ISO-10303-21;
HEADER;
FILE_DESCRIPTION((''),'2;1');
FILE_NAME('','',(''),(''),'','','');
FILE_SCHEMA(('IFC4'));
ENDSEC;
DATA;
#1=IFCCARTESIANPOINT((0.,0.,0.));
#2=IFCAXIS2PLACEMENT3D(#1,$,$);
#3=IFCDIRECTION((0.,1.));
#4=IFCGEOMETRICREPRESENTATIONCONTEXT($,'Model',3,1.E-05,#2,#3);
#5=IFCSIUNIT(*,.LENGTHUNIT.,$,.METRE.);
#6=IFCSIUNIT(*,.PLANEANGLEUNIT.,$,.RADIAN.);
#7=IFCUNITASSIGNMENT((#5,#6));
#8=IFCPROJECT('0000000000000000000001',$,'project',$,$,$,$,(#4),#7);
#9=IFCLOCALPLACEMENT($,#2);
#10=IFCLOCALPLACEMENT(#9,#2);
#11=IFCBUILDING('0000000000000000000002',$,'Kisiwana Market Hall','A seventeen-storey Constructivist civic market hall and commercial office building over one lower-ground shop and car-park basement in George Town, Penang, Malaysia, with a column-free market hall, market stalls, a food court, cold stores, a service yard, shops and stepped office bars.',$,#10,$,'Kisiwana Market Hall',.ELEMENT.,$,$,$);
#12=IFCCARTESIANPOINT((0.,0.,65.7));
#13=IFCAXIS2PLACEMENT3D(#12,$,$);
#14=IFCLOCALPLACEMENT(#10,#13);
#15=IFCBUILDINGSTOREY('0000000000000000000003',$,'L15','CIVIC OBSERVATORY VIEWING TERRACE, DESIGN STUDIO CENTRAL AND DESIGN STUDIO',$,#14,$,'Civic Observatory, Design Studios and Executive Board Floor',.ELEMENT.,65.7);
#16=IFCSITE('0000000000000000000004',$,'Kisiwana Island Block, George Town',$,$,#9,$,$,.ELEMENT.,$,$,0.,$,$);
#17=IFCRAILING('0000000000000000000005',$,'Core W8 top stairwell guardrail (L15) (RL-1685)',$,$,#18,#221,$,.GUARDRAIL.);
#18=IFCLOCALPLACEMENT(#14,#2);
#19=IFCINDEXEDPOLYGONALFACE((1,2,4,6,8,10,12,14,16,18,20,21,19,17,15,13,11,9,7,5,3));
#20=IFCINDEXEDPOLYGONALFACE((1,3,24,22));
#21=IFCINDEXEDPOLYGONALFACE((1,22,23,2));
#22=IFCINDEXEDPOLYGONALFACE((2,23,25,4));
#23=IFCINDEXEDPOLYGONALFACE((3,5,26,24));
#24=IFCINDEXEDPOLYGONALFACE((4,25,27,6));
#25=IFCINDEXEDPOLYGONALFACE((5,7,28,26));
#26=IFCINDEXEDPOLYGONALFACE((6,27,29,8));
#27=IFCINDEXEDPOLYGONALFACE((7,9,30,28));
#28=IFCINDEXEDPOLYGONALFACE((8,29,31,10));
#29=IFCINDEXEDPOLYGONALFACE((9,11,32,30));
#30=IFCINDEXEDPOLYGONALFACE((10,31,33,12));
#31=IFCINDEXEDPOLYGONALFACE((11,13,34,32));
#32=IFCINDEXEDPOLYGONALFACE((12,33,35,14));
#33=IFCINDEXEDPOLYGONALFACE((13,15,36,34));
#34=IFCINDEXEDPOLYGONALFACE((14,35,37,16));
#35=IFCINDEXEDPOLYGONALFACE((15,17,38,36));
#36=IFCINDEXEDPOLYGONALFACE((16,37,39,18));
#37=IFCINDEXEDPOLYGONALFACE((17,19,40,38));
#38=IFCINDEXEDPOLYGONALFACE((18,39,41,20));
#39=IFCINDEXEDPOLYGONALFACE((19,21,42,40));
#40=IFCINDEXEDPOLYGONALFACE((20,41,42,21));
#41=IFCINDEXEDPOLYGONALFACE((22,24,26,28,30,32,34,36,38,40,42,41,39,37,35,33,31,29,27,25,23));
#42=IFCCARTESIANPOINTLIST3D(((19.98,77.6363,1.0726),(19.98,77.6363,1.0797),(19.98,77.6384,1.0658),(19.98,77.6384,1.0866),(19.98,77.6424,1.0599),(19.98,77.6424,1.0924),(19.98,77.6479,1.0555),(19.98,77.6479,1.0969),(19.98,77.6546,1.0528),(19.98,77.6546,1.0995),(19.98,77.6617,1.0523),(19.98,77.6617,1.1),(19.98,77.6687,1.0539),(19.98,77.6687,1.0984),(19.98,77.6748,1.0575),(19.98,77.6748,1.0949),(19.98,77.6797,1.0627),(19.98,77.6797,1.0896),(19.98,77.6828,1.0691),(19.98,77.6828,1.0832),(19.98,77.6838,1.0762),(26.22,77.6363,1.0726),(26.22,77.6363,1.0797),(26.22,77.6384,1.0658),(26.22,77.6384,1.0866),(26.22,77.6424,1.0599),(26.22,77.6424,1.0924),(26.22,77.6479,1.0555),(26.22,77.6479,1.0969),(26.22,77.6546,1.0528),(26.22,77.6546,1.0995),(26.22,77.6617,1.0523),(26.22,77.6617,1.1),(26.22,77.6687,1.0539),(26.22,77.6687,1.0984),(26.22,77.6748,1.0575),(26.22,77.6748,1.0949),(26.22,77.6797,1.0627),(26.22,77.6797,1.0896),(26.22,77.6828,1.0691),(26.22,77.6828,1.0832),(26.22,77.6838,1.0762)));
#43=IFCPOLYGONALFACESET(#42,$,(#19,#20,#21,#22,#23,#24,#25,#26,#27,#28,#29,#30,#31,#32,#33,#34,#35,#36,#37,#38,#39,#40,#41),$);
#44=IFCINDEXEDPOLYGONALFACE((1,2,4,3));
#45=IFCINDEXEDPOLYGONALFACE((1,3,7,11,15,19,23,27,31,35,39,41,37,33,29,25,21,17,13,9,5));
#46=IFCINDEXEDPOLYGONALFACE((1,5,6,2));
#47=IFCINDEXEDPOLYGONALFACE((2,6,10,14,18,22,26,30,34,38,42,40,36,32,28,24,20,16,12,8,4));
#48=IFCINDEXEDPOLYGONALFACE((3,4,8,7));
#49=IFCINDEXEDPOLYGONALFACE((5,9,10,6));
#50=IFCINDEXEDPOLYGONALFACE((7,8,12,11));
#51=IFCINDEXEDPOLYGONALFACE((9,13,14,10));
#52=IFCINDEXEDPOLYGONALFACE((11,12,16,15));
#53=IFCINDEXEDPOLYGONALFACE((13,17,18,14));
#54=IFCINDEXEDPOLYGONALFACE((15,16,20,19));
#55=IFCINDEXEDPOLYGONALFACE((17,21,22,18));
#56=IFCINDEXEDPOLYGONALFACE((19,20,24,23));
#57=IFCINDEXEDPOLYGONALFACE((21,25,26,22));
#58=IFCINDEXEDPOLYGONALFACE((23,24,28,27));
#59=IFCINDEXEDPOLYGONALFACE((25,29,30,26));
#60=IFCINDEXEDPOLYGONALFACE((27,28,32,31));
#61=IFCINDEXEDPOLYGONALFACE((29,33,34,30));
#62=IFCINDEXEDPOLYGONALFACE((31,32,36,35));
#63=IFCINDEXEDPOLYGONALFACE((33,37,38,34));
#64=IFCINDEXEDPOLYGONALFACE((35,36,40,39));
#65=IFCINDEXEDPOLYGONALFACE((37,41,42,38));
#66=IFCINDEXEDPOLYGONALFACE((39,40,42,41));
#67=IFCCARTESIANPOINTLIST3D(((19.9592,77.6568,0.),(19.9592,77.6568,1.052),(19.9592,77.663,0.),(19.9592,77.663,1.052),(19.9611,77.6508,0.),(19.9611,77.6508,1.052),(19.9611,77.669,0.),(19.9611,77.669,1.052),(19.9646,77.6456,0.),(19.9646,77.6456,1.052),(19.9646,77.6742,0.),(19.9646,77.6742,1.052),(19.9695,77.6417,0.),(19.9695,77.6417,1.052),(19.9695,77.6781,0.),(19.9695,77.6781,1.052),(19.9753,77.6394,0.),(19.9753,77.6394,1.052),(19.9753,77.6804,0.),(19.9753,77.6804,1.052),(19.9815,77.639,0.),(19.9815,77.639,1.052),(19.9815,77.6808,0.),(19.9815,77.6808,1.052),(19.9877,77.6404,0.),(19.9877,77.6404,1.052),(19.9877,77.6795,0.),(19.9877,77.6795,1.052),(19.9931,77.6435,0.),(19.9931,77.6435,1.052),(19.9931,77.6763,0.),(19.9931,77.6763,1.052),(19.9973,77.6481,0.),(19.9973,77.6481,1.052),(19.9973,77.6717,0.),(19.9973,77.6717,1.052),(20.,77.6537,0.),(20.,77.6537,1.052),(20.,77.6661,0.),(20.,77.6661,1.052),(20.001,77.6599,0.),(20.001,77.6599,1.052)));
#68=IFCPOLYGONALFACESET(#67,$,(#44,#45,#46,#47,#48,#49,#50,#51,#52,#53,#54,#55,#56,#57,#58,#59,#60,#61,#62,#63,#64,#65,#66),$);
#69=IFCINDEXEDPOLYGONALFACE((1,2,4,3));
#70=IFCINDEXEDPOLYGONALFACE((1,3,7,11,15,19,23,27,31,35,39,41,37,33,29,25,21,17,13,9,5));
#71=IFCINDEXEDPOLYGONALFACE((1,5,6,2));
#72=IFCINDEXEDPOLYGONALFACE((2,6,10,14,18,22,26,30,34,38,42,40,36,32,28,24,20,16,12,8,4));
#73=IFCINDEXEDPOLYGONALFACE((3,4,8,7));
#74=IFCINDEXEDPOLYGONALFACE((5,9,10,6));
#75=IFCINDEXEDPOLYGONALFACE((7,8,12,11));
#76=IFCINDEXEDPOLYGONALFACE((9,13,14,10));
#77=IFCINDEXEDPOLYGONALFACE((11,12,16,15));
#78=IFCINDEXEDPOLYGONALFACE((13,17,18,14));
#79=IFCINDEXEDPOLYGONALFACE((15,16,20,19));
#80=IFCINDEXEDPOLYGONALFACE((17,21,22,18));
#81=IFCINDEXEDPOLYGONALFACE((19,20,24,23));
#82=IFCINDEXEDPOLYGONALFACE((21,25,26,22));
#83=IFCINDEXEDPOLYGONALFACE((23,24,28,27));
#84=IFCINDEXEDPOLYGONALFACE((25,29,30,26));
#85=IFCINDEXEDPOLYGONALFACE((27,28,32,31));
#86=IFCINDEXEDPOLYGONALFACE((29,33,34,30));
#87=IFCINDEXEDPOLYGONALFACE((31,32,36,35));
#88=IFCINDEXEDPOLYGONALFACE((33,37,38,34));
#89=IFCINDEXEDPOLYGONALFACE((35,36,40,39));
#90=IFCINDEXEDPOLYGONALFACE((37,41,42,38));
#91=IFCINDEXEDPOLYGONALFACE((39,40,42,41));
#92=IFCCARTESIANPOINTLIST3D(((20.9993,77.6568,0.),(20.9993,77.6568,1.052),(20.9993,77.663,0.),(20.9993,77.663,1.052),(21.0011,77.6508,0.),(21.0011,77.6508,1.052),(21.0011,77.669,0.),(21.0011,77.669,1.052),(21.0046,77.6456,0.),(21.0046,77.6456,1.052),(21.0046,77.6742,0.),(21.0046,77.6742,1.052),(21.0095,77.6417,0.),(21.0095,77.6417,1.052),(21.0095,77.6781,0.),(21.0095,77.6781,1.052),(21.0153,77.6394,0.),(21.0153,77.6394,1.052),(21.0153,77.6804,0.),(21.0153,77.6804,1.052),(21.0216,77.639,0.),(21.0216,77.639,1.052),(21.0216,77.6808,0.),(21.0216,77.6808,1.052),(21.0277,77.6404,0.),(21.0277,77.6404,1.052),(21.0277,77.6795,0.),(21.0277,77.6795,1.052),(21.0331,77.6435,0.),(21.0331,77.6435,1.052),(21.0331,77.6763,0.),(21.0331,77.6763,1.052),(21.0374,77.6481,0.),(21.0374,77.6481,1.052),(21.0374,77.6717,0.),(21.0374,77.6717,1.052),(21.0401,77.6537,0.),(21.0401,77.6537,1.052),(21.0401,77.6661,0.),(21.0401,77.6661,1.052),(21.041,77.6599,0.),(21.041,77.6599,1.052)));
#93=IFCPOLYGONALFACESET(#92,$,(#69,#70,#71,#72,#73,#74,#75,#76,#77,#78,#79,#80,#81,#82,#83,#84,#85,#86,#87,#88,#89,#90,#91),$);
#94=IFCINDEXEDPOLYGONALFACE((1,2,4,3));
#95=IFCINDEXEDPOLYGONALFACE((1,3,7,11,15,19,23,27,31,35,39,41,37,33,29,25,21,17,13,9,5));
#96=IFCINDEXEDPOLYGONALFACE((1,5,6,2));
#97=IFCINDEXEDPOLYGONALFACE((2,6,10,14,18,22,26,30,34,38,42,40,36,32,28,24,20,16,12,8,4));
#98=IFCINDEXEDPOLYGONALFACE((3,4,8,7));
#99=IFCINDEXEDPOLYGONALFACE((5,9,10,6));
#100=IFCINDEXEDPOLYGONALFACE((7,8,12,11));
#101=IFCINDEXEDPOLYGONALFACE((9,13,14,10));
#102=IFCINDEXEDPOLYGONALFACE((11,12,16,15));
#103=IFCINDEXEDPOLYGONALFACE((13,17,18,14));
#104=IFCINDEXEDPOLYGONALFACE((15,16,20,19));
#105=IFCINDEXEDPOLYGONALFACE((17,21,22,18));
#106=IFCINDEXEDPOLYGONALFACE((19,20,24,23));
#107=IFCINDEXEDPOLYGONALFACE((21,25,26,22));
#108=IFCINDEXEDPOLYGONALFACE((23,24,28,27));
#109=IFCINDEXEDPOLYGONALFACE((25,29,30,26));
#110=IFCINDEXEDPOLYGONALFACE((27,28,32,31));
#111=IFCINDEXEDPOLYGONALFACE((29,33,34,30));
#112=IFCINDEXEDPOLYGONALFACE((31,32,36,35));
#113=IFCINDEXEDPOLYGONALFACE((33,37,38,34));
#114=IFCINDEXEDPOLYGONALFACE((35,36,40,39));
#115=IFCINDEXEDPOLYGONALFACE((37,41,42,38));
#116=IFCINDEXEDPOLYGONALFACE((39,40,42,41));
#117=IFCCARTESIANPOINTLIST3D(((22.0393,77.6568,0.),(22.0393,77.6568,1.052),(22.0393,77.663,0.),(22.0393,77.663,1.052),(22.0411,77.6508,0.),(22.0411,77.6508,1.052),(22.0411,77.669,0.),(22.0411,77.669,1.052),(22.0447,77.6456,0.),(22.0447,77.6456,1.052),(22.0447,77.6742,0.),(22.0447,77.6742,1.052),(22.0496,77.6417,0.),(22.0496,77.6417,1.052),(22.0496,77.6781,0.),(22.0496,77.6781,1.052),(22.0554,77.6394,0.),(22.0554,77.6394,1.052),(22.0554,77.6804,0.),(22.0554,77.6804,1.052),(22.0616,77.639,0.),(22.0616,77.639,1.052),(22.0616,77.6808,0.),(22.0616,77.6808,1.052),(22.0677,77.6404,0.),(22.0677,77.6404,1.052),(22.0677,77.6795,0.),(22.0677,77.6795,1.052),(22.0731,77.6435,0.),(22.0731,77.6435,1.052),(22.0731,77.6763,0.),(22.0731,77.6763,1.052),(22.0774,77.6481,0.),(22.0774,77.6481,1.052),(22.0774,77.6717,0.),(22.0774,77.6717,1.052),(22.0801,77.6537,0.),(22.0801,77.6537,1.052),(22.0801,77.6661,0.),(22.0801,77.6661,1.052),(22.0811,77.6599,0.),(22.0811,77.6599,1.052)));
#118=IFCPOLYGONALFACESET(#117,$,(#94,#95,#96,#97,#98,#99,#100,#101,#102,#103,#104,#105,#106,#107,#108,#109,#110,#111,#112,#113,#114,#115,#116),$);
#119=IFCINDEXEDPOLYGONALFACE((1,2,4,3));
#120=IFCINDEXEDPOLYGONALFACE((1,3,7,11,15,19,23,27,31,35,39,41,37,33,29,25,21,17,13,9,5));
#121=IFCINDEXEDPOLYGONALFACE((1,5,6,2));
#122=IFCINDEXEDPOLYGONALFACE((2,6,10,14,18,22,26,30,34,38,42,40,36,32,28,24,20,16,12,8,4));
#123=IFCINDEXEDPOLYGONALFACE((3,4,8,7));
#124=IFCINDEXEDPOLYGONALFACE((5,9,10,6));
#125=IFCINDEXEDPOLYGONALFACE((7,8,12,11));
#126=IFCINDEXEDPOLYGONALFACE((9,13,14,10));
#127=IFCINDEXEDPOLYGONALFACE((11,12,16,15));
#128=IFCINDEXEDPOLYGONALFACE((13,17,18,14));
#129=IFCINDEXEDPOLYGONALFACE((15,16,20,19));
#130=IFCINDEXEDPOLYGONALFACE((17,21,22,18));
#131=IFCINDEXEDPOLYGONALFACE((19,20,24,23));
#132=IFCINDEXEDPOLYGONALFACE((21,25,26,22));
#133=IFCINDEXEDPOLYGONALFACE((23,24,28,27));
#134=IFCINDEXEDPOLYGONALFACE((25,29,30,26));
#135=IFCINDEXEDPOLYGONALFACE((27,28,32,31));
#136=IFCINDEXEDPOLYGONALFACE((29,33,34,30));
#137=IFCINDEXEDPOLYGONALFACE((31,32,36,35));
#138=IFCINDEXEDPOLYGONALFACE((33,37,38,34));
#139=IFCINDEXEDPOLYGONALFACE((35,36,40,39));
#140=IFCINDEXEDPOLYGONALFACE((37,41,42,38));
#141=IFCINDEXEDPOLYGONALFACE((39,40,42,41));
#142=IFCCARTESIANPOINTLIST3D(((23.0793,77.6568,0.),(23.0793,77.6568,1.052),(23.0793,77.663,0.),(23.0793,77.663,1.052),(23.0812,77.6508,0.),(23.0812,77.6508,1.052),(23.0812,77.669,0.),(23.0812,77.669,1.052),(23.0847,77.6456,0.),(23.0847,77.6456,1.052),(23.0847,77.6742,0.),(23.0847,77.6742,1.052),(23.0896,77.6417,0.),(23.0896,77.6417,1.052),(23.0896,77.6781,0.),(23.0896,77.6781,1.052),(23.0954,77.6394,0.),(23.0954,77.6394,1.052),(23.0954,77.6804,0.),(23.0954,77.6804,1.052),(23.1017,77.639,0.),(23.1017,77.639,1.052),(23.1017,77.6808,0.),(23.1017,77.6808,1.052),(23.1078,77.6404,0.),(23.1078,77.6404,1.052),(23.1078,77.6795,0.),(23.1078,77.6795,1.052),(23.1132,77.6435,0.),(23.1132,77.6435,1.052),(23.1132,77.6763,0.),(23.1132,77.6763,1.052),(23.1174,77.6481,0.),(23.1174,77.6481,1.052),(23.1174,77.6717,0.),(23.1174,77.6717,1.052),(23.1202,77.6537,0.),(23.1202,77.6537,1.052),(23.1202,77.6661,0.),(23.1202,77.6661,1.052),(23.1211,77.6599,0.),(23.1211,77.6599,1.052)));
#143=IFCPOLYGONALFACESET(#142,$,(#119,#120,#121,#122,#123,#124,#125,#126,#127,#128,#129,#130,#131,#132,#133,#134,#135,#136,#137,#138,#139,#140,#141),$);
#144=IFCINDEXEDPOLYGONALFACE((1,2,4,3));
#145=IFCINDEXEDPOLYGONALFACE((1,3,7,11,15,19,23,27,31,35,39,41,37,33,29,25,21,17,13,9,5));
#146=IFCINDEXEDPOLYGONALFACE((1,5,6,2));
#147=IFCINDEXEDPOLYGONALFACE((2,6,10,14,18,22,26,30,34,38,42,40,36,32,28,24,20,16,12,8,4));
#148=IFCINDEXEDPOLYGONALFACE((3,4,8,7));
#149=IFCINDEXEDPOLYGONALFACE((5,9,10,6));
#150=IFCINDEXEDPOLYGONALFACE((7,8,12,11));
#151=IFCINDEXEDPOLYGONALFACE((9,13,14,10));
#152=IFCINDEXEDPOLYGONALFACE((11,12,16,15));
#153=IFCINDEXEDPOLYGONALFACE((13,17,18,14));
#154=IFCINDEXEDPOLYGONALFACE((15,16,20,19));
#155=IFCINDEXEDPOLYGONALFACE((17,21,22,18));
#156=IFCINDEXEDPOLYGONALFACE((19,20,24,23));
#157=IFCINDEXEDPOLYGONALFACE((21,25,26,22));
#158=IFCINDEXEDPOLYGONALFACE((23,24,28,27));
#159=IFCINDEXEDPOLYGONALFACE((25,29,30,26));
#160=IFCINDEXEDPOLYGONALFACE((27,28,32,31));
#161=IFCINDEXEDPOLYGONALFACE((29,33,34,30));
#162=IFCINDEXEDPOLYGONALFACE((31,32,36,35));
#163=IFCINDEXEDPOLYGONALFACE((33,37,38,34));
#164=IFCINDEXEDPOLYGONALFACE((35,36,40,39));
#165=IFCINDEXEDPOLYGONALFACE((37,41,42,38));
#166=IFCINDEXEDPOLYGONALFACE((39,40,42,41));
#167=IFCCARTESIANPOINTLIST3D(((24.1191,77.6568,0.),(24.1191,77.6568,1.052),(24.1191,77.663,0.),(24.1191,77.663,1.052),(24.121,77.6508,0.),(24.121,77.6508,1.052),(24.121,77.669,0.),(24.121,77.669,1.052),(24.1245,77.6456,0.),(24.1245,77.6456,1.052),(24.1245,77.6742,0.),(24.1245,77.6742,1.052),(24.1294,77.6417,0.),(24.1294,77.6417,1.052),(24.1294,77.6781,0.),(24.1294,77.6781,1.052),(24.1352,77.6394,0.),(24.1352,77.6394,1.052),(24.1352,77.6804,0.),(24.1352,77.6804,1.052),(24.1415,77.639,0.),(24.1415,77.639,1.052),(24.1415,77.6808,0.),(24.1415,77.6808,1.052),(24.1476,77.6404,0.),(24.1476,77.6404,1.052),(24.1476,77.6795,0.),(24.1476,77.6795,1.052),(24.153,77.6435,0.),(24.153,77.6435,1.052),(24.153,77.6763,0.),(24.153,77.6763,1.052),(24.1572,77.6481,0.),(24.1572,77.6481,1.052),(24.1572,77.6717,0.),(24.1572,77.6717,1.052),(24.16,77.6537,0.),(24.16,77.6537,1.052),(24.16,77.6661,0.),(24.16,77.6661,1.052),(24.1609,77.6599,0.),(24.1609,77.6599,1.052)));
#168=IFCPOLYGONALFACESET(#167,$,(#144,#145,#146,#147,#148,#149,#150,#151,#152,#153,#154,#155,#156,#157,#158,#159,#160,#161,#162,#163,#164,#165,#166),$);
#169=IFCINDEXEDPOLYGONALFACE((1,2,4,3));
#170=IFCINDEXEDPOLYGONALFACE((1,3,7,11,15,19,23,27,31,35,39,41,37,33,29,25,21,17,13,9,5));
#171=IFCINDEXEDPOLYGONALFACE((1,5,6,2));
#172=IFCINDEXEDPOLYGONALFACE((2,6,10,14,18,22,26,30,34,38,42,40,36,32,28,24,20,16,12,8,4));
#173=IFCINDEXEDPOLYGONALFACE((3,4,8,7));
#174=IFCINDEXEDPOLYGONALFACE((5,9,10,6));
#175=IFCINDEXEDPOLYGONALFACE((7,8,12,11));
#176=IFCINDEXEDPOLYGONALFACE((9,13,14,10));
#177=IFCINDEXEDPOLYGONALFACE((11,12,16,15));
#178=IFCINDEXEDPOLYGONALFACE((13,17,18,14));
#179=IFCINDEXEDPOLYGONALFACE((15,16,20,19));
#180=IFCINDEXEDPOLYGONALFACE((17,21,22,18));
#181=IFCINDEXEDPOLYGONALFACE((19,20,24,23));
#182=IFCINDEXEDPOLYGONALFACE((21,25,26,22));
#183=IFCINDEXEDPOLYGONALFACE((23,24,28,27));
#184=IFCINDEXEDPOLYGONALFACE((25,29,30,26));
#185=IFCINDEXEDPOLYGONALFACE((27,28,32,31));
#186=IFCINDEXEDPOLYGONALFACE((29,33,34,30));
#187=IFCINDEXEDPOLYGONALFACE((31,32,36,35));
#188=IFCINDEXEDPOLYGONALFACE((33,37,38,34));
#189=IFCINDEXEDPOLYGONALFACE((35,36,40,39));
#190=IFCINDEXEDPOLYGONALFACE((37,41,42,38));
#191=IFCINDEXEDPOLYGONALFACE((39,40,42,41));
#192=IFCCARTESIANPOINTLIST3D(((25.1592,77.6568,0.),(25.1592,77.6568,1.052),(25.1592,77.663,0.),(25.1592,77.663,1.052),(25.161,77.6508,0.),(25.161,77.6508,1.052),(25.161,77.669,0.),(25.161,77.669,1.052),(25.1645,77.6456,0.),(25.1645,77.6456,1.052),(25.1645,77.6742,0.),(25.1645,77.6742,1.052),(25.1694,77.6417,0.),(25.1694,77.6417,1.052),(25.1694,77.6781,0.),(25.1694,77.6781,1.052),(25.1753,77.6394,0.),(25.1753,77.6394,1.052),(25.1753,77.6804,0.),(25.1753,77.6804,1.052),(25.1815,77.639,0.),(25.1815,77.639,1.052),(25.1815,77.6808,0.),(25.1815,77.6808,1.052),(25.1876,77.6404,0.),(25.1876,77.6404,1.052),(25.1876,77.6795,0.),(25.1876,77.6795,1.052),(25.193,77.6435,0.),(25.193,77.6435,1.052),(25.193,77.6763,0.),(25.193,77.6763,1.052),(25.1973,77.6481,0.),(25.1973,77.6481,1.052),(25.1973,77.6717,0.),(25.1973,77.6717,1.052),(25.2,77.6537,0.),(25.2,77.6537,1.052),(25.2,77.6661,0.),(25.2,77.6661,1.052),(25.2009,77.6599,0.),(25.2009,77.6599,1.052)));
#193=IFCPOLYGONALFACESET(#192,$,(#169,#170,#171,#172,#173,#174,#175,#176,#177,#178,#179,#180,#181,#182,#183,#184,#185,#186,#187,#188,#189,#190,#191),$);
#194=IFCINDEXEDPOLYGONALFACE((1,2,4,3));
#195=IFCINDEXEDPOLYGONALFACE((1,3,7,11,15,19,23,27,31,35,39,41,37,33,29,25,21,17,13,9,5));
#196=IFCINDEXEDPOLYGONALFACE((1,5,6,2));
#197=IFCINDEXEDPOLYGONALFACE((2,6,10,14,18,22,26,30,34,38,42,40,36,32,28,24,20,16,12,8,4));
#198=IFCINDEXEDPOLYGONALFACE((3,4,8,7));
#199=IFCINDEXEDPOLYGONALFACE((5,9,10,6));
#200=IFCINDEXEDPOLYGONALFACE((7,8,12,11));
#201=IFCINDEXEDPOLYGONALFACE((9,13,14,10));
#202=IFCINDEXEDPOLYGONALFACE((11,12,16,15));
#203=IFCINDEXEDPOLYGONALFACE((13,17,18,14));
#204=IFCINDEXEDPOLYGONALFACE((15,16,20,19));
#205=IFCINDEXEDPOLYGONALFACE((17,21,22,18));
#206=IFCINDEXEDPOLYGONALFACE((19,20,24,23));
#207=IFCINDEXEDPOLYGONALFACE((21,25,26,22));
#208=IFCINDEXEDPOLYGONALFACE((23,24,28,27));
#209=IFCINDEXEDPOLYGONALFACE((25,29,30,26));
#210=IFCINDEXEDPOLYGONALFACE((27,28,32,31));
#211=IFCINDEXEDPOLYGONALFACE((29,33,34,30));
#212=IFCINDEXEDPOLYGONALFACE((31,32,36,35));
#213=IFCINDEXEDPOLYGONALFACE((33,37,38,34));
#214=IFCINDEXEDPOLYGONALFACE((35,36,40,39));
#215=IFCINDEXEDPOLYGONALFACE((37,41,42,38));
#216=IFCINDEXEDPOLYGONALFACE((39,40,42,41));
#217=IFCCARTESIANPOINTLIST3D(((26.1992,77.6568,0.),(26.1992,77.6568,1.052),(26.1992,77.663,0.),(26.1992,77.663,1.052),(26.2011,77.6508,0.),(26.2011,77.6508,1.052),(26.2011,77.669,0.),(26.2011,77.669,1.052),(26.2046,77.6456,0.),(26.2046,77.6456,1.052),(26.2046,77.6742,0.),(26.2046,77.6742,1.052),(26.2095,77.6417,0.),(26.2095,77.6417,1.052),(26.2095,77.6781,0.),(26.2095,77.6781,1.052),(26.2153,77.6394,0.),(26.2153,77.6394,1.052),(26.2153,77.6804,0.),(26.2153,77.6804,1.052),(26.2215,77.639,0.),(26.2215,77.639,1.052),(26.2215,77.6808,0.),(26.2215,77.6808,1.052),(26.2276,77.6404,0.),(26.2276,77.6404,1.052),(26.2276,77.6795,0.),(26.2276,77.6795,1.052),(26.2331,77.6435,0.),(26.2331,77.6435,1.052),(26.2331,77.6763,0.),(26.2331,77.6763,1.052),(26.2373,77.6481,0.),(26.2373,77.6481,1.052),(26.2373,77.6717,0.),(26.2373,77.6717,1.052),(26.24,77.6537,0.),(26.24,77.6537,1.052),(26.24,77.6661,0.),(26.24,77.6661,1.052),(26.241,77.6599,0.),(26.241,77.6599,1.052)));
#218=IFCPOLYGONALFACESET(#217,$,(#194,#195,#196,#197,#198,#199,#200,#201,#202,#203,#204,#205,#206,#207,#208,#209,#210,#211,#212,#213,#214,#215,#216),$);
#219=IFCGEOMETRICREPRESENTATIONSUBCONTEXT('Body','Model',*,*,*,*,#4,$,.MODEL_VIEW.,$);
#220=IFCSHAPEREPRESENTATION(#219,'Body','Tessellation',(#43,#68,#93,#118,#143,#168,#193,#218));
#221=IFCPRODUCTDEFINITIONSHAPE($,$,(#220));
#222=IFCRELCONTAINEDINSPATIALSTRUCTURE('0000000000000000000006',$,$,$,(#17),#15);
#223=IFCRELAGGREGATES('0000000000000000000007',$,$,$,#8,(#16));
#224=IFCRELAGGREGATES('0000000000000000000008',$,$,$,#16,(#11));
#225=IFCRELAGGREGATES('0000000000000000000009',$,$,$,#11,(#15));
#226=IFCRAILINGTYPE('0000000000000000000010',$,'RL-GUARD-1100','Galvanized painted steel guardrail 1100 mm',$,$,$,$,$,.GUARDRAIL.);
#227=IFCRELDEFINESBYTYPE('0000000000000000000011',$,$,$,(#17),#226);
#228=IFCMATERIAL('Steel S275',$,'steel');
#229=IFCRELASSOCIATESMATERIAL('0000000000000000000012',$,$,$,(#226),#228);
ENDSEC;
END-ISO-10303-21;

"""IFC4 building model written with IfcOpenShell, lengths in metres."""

from ifc_helpers import new_model, si_unit, direction, frame, origin, origin_2d, place, context, subcontext, project, spatial, circle, extrude, material, type_object, element, save


model = new_model("IFC4")

# Units and contexts
model_context = context("Model", 3, precision=1e-05, world=origin(), true_north=direction((0.0, 1.0)))
body_context = subcontext(model_context, "Body", "Model", "MODEL_VIEW")
ifc_project = project(units=[si_unit("LENGTHUNIT", "METRE"), si_unit("PLANEANGLEUNIT", "RADIAN")], contexts=[model_context])

# Site, building, storey
site_placement = place(None, origin())
site = spatial("IfcSite", under=ifc_project, at=site_placement, Name="Kisiwana Island Block, George Town", CompositionType="ELEMENT", RefElevation=0.0)
building_placement = place(site_placement, origin())
building = spatial("IfcBuilding", under=site, at=building_placement, Name="Kisiwana Market Hall", Description="A seventeen-storey Constructivist civic market hall and commercial office building over one lower-ground shop and car-park basement in George Town, Penang, Malaysia, with a column-free market hall, market stalls, a food court, cold stores, a service yard, shops and stepped office bars.", LongName="Kisiwana Market Hall", CompositionType="ELEMENT")
storey_placement = place(building_placement, frame((0.0, 0.0, 65.7)))
storey = spatial("IfcBuildingStorey", under=building, at=storey_placement, Name="L15", Description="CIVIC OBSERVATORY VIEWING TERRACE, DESIGN STUDIO CENTRAL AND DESIGN STUDIO", LongName="Civic Observatory, Design Studios and Executive Board Floor", CompositionType="ELEMENT", Elevation=65.7)

# Railing
ifc_material_1 = material(Name="Steel S275", Category="steel")
railing_type = type_object("IfcRailingType", Name="RL-GUARD-1100", Description="Galvanized painted steel guardrail 1100 mm", PredefinedType="GUARDRAIL", material=ifc_material_1)
for number, where, name in (
    (1, (19.98, 77.6599, 0.0), "Core W8 top stairwell guardrail (L15) (RL-1685)"),
):
    element("IfcRailing", number, at=place(storey_placement, frame(where)), inside=storey, type_object=railing_type, Name=name, PredefinedType="GUARDRAIL", context=body_context, shape_type="SweptSolid", body=[
        extrude(circle(Radius=0.0239, at=origin_2d()), frame((0.0, 0.0, 1.0762), z_axis=(1.0, 0.0, 0.0), x_axis=(0.0, 1.0, 0.0)), (0.0, 0.0, 1.0), 6.24),
        extrude(circle(Radius=0.021, at=origin_2d()), origin(), (0.0, 0.0, 1.0), 1.052),
        extrude(circle(Radius=0.021, at=origin_2d()), frame((1.04, 0.0, 0.0)), (0.0, 0.0, 1.0), 1.052),
        extrude(circle(Radius=0.021, at=origin_2d()), frame((2.0801, 0.0, 0.0)), (0.0, 0.0, 1.0), 1.052),
        extrude(circle(Radius=0.021, at=origin_2d()), frame((3.1201, 0.0, 0.0)), (0.0, 0.0, 1.0), 1.052),
        extrude(circle(Radius=0.021, at=origin_2d()), frame((4.1599, 0.0, 0.0)), (0.0, 0.0, 1.0), 1.052),
        extrude(circle(Radius=0.021, at=origin_2d()), frame((5.2, 0.0, 0.0)), (0.0, 0.0, 1.0), 1.052),
        extrude(circle(Radius=0.021, at=origin_2d()), frame((6.24, 0.0, 0.0)), (0.0, 0.0, 1.0), 1.052),
    ])

save(model, "model.ifc")
